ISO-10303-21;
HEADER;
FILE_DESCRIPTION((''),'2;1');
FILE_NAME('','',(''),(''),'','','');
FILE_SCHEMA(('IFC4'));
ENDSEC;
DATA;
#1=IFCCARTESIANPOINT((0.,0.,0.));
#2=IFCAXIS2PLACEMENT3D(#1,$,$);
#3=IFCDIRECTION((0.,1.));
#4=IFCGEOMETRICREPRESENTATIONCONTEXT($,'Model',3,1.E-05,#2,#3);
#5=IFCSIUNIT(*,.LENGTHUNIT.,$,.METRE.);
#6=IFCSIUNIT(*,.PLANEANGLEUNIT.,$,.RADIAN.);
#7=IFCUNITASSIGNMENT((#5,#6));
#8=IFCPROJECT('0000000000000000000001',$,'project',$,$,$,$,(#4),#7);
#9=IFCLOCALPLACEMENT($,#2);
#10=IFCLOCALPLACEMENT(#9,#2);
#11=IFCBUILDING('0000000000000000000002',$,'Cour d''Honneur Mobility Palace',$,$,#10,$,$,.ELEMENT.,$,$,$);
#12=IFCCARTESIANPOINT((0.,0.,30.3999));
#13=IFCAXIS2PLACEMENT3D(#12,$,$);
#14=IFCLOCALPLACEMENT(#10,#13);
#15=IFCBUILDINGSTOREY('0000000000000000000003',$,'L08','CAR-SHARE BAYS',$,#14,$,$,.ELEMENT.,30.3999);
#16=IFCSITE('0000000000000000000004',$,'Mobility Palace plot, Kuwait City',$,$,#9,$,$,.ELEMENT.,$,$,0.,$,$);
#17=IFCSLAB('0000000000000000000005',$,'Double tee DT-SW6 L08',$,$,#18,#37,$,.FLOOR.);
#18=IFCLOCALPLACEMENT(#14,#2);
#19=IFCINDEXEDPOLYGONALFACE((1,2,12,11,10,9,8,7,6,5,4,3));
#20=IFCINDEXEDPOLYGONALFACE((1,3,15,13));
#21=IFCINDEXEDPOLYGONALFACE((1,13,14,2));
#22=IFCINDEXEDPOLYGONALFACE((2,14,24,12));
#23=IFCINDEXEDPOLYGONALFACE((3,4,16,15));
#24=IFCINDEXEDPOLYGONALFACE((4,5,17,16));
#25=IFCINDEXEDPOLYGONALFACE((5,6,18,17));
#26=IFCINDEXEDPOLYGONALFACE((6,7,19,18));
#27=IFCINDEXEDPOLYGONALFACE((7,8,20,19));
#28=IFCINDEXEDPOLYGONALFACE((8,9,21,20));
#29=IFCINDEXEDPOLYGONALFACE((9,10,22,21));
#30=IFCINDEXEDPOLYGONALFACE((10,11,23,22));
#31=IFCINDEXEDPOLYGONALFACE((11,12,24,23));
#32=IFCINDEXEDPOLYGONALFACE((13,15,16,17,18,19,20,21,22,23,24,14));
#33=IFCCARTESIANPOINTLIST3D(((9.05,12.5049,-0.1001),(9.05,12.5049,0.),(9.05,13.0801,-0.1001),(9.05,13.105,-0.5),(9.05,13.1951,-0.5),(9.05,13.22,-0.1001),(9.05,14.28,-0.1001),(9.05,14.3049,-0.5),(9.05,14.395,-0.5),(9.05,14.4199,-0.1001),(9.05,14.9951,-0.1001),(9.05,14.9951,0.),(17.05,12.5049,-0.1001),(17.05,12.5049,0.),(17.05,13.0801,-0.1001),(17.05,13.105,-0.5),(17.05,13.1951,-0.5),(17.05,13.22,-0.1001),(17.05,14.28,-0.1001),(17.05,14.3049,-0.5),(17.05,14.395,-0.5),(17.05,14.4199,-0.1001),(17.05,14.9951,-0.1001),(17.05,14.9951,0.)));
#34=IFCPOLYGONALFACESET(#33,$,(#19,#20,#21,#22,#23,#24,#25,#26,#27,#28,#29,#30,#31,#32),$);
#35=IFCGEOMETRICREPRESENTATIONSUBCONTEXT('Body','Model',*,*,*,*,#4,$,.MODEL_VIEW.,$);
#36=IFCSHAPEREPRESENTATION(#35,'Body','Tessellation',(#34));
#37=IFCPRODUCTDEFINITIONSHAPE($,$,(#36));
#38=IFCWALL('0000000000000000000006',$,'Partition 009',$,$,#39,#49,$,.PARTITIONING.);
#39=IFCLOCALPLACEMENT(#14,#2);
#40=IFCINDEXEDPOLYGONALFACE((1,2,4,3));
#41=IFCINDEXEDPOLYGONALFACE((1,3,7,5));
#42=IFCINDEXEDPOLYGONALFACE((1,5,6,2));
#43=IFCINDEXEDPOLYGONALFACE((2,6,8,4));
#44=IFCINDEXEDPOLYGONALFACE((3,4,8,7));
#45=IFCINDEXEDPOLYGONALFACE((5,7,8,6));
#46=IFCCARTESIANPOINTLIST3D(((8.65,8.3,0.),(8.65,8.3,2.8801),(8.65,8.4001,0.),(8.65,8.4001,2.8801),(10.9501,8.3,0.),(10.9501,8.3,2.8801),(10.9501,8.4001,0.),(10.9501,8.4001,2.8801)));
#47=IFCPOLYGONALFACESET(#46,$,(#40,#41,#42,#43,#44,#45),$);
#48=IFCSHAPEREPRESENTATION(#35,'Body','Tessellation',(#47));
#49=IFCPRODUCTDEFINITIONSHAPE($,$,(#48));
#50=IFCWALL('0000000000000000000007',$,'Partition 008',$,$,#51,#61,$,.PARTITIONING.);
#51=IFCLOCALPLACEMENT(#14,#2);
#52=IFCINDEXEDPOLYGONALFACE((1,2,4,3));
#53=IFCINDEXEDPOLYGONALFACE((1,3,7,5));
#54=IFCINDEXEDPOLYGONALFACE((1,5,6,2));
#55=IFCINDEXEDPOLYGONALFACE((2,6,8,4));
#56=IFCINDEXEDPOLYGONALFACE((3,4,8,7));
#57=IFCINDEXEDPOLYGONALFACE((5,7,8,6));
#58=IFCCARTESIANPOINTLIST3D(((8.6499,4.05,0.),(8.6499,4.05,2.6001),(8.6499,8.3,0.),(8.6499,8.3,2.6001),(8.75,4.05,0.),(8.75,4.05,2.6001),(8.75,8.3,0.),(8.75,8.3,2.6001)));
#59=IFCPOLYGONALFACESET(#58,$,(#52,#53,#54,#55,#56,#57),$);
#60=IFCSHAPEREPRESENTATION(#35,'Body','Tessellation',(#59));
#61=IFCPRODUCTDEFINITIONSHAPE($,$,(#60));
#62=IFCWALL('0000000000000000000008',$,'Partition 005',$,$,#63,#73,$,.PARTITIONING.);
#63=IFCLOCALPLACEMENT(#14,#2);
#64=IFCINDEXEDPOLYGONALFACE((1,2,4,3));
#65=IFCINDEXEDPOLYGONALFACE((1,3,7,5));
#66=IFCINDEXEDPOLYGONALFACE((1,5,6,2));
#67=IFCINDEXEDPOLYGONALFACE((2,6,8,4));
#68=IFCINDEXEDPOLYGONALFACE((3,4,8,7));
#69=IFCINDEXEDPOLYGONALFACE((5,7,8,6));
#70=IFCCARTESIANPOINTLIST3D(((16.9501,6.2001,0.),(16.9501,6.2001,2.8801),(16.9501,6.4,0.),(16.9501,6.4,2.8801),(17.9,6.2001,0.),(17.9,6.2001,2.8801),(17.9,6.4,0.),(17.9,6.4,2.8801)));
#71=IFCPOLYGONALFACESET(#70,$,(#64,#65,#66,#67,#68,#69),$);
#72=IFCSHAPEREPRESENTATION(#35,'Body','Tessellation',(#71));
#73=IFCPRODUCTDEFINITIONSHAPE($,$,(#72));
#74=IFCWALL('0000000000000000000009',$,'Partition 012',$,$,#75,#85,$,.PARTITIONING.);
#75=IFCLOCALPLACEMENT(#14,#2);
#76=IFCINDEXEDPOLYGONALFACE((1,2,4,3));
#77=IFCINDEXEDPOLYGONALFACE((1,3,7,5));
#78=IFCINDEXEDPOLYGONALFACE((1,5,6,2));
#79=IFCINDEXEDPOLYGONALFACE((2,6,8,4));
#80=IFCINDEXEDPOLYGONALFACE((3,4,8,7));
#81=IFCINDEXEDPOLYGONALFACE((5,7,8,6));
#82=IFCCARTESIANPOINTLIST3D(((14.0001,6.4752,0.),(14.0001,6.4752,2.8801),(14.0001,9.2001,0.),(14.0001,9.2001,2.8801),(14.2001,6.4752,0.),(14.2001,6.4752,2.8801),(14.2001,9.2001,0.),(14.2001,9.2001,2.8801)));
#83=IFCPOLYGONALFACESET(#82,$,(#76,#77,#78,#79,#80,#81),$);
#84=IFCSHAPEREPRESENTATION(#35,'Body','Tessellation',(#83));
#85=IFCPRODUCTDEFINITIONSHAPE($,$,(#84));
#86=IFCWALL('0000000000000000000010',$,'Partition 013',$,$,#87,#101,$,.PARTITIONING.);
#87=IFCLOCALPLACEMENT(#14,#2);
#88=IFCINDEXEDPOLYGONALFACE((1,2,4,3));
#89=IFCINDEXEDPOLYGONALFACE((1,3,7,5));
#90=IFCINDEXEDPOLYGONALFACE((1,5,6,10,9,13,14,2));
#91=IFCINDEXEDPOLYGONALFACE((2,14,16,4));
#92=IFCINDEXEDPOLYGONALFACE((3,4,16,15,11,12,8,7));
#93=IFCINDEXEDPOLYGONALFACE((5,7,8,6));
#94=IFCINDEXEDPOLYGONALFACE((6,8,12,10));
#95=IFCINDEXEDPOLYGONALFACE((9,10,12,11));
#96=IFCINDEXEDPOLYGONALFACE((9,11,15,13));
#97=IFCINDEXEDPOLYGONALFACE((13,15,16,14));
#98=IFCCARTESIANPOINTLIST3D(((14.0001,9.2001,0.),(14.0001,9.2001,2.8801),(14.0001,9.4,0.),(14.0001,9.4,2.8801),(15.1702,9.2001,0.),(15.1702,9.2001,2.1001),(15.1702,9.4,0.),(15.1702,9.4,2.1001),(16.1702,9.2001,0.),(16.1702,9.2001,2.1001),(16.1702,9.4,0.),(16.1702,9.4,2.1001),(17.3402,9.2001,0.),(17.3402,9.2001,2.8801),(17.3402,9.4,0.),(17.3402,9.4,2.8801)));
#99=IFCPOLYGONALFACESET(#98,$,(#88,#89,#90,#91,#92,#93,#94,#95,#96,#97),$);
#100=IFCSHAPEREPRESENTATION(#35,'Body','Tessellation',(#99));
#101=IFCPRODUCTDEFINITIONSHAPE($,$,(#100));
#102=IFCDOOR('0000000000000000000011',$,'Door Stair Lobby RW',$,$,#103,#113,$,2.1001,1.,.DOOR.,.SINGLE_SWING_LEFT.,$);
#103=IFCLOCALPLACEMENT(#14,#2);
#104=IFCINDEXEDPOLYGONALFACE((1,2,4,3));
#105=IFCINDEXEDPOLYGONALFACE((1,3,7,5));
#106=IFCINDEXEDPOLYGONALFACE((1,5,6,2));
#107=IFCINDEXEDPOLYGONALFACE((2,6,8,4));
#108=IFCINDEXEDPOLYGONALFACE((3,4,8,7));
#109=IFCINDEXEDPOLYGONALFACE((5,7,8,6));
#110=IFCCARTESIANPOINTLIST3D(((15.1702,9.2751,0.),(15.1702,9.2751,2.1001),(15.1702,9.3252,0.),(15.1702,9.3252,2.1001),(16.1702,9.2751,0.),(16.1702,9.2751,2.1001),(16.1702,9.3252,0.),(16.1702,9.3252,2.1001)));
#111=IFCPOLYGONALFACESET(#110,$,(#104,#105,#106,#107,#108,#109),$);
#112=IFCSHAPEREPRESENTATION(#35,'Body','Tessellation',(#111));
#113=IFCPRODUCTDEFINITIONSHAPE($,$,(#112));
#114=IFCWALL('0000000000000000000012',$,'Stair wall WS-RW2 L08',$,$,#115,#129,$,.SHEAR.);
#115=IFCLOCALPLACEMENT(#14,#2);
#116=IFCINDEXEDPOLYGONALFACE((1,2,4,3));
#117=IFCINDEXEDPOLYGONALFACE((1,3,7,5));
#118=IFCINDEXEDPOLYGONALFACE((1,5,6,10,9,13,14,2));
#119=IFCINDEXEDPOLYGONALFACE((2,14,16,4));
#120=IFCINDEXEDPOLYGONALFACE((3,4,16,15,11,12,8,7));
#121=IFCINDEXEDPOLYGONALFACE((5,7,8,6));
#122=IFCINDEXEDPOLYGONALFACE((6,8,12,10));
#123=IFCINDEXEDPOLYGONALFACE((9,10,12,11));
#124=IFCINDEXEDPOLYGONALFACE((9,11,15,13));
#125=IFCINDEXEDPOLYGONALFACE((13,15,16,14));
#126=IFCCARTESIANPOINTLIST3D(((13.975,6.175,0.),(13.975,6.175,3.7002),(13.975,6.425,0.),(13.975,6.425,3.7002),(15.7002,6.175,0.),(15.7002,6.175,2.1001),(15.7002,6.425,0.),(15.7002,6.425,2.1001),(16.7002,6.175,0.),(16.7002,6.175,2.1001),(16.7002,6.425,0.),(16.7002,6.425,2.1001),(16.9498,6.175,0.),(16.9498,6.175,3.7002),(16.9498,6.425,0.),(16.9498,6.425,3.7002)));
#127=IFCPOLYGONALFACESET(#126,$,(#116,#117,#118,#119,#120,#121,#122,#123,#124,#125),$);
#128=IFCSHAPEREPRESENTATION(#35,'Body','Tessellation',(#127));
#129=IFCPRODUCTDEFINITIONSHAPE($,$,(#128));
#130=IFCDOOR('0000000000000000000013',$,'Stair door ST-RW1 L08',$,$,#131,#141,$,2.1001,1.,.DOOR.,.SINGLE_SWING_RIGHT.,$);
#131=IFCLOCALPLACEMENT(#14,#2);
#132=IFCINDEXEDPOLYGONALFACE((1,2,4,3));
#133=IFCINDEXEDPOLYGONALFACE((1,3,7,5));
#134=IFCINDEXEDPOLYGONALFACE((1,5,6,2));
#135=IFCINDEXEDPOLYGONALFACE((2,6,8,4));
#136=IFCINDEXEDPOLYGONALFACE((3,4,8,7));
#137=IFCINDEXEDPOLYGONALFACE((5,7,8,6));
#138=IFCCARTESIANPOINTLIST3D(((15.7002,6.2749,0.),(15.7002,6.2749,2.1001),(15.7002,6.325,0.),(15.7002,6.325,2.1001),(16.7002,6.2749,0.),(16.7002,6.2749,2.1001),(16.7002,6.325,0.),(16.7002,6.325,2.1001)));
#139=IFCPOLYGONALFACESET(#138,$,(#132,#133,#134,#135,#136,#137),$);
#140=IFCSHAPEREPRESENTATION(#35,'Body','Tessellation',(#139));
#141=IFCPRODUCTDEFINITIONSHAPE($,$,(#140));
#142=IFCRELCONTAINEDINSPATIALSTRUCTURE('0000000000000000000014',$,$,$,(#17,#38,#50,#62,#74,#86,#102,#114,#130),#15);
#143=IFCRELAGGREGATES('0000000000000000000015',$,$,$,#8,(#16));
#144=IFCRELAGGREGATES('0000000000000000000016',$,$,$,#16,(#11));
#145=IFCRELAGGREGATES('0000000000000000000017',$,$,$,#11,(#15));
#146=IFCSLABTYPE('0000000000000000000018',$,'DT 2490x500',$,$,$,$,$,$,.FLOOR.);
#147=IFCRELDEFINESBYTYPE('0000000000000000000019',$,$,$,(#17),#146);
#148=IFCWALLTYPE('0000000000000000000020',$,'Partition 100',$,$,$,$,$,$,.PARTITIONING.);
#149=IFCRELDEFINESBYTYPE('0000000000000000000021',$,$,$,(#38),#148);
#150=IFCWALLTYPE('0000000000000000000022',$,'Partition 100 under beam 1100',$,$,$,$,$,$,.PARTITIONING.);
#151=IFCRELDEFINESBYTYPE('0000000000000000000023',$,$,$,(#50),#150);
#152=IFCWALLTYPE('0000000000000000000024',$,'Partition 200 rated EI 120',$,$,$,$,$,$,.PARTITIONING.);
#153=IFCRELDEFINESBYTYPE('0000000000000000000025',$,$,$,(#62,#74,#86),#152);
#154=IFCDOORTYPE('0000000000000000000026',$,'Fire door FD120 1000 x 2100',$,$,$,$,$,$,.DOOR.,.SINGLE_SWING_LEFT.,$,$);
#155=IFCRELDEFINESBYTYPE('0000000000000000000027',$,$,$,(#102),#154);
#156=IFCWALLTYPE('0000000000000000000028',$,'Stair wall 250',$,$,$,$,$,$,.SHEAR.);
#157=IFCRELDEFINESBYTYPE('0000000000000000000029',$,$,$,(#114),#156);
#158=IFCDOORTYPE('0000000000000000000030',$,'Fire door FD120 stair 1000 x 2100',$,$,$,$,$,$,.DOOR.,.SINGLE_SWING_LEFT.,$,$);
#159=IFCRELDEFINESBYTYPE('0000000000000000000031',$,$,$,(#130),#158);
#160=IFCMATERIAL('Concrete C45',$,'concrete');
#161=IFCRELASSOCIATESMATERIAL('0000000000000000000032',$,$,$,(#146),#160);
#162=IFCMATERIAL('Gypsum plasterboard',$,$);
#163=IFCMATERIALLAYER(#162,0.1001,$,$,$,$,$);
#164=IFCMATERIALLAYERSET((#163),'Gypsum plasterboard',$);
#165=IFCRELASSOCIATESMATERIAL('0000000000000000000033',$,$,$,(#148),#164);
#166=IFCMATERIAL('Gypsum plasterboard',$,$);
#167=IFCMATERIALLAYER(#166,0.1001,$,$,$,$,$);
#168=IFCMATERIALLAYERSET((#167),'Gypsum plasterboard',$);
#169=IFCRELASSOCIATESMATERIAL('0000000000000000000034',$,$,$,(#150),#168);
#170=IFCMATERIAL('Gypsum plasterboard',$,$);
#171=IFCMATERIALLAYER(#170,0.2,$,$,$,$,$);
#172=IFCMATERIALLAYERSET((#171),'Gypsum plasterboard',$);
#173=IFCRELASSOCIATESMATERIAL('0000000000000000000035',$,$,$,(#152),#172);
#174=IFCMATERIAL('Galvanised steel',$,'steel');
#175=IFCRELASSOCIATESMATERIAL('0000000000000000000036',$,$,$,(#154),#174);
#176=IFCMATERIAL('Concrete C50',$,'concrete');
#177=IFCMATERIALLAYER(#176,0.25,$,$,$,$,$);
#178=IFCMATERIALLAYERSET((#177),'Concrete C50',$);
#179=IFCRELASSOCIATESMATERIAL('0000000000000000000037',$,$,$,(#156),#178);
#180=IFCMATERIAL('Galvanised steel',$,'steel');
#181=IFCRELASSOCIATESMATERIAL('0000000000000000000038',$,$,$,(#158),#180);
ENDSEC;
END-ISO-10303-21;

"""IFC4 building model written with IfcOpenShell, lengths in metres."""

from ifc_helpers import new_model, si_unit, direction, frame, frame_2d, origin, place, context, subcontext, project, spatial, polyline, rectangle, outline, extrude, material, layer, layer_set, material_profile, profile_set, type_object, element, fill, save


model = new_model("IFC4")

# Units and contexts
model_context = context("Model", 3, precision=1e-05, world=origin(), true_north=direction((0.0, 1.0)))
body_context = subcontext(model_context, "Body", "Model", "MODEL_VIEW")
ifc_project = project(units=[si_unit("LENGTHUNIT", "METRE"), si_unit("PLANEANGLEUNIT", "RADIAN")], contexts=[model_context])

# Site, building, storey
site_placement = place(None, origin())
site = spatial("IfcSite", under=ifc_project, at=site_placement, Name="Mobility Palace plot, Kuwait City", CompositionType="ELEMENT", RefElevation=0.0)
building_placement = place(site_placement, origin())
building = spatial("IfcBuilding", under=site, at=building_placement, Name="Cour d'Honneur Mobility Palace", CompositionType="ELEMENT")
storey_placement = place(building_placement, frame((0.0, 0.0, 30.3999)))
storey = spatial("IfcBuildingStorey", under=building, at=storey_placement, Name="L08", Description="CAR-SHARE BAYS", CompositionType="ELEMENT", Elevation=30.3999)

# Slab
ifc_material_1 = material(Name="Concrete C45", Category="concrete")
ifc_material_profile_1 = material_profile(ifc_material_1, outline(polyline([(-1.2451, 0.0), (1.2451, 0.0), (1.2451, -0.1001), (0.6699, -0.1001), (0.645, -0.5), (0.5549, -0.5), (0.53, -0.1001), (-0.53, -0.1001), (-0.5549, -0.5), (-0.645, -0.5), (-0.6699, -0.1001), (-1.2451, -0.1001), (-1.2451, 0.0)])), Name="DT 2490x500")
ifc_profile_set_1 = profile_set([ifc_material_profile_1], Name="Concrete C45")
slab_type_1 = type_object("IfcSlabType", Name="DT 2490x500", PredefinedType="FLOOR", material=ifc_profile_set_1)
slab_1_placement = place(storey_placement, frame((9.05, 13.75, 0.0), z_axis=(1.0, 0.0, 0.0), x_axis=(0.0, 1.0, 0.0)))
element("IfcSlab", 1, at=slab_1_placement, inside=storey, type_object=slab_type_1, Name="Double tee DT-SW6 L08", PredefinedType="FLOOR", context=body_context, shape_type="SweptSolid", body=[
    extrude(outline(polyline([(-1.2451, 0.0), (1.2451, 0.0), (1.2451, -0.1001), (0.6699, -0.1001), (0.645, -0.5), (0.5549, -0.5), (0.53, -0.1001), (-0.53, -0.1001), (-0.5549, -0.5), (-0.645, -0.5), (-0.6699, -0.1001), (-1.2451, -0.1001), (-1.2451, 0.0)])), origin(), (0.0, 0.0, 1.0), 8.0),
])

# Walls
ifc_material_2 = material(Name="Gypsum plasterboard")
ifc_layer_1 = layer(ifc_material_2, 0.1001)
ifc_layer_set_1 = layer_set([ifc_layer_1], Name="Gypsum plasterboard")
wall_type_1 = type_object("IfcWallType", Name="Partition 100", PredefinedType="PARTITIONING", material=ifc_layer_set_1)
wall_1_placement = place(storey_placement, frame((10.95, 8.3501, 0.0), z_axis=(0.0, 0.0, 1.0), x_axis=(-1.0, 0.0, 0.0)))
element("IfcWall", 2, at=wall_1_placement, inside=storey, type_object=wall_type_1, Name="Partition 009", PredefinedType="PARTITIONING", context=body_context, shape_type="SweptSolid", body=[
    extrude(rectangle(XDim=2.3, YDim=0.1001, at=frame_2d((1.1499, 0.0))), origin(), (0.0, 0.0, 1.0), 2.8801),
])
ifc_material_3 = material(Name="Gypsum plasterboard")
ifc_layer_2 = layer(ifc_material_3, 0.1001)
ifc_layer_set_2 = layer_set([ifc_layer_2], Name="Gypsum plasterboard")
wall_type_2 = type_object("IfcWallType", Name="Partition 100 under beam 1100", PredefinedType="PARTITIONING", material=ifc_layer_set_2)
wall_2_placement = place(storey_placement, frame((8.7, 8.3, 0.0), z_axis=(0.0, 0.0, 1.0), x_axis=(0.0, -1.0, 0.0)))
element("IfcWall", 3, at=wall_2_placement, inside=storey, type_object=wall_type_2, Name="Partition 008", PredefinedType="PARTITIONING", context=body_context, shape_type="SweptSolid", body=[
    extrude(rectangle(XDim=4.25, YDim=0.1001, at=frame_2d((2.125, 0.0))), origin(), (0.0, 0.0, 1.0), 2.6001),
])
ifc_material_4 = material(Name="Gypsum plasterboard")
ifc_layer_3 = layer(ifc_material_4, 0.2)
ifc_layer_set_3 = layer_set([ifc_layer_3], Name="Gypsum plasterboard")
wall_type_3 = type_object("IfcWallType", Name="Partition 200 rated EI 120", PredefinedType="PARTITIONING", material=ifc_layer_set_3)
wall_3_placement = place(storey_placement, frame((16.95, 6.3, 0.0), z_axis=(0.0, 0.0, 1.0), x_axis=(1.0, 0.0, 0.0)))
element("IfcWall", 4, at=wall_3_placement, inside=storey, type_object=wall_type_3, Name="Partition 005", PredefinedType="PARTITIONING", context=body_context, shape_type="SweptSolid", body=[
    extrude(rectangle(XDim=0.95, YDim=0.2, at=frame_2d((0.4751, 0.0))), origin(), (0.0, 0.0, 1.0), 2.8801),
])
wall_4_placement = place(storey_placement, frame((14.1001, 9.2, 0.0), z_axis=(0.0, 0.0, 1.0), x_axis=(0.0, -1.0, 0.0)))
element("IfcWall", 5, at=wall_4_placement, inside=storey, type_object=wall_type_3, Name="Partition 012", PredefinedType="PARTITIONING", context=body_context, shape_type="SweptSolid", body=[
    extrude(rectangle(XDim=2.7249, YDim=0.2, at=frame_2d((1.3623, 0.0))), origin(), (0.0, 0.0, 1.0), 2.8801),
])

# Walls, openings, doors
wall_5_placement = place(storey_placement, frame((17.3401, 9.3, 0.0), z_axis=(0.0, 0.0, 1.0), x_axis=(-1.0, 0.0, 0.0)))
wall_5 = element("IfcWall", 6, at=wall_5_placement, inside=storey, type_object=wall_type_3, Name="Partition 013", PredefinedType="PARTITIONING", context=body_context, shape_type="SweptSolid", body=[
    extrude(rectangle(XDim=3.3401, YDim=0.2, at=frame_2d((1.6699, 0.0))), origin(), (0.0, 0.0, 1.0), 2.8801),
])
opening_1_placement = place(wall_5_placement, frame((1.1699, 0.0, 0.0)))
opening_1 = element("IfcOpeningElement", 7, at=opening_1_placement, cuts=wall_5, PredefinedType="OPENING", context=body_context, shape_type="SweptSolid", body=[
    extrude(rectangle(XDim=1.0, YDim=2.1001, at=frame_2d((0.5, 1.05))), frame((0.0, 0.1099, 0.0), z_axis=(0.0, -1.0, 0.0), x_axis=(1.0, 0.0, 0.0)), (0.0, 0.0, 1.0), 0.22),
])
ifc_material_5 = material(Name="Galvanised steel", Category="steel")
door_type_1 = type_object("IfcDoorType", Name="Fire door FD120 1000 x 2100", OperationType="SINGLE_SWING_LEFT", PredefinedType="DOOR", material=ifc_material_5)
door_1_placement = place(opening_1_placement, origin())
door_1 = element("IfcDoor", 8, at=door_1_placement, inside=storey, type_object=door_type_1, Name="Door Stair Lobby RW", OperationType="SINGLE_SWING_LEFT", OverallHeight=2.1001, OverallWidth=1.0, PredefinedType="DOOR", context=body_context, shape_type="SweptSolid", body=[
    extrude(rectangle(XDim=1.0, YDim=2.1001, at=frame_2d((0.5, 1.05))), frame((0.0, 0.0249, 0.0), z_axis=(0.0, -1.0, 0.0), x_axis=(1.0, 0.0, 0.0)), (0.0, 0.0, 1.0), 0.05),
])
fill(opening_1, door_1)
ifc_material_6 = material(Name="Concrete C50", Category="concrete")
ifc_layer_4 = layer(ifc_material_6, 0.25)
ifc_layer_set_4 = layer_set([ifc_layer_4], Name="Concrete C50")
wall_type_4 = type_object("IfcWallType", Name="Stair wall 250", PredefinedType="SHEAR", material=ifc_layer_set_4)
wall_6_placement = place(storey_placement, frame((13.9751, 6.3, 0.0), z_axis=(0.0, 0.0, 1.0), x_axis=(1.0, 0.0, 0.0)))
wall_6 = element("IfcWall", 9, at=wall_6_placement, inside=storey, type_object=wall_type_4, Name="Stair wall WS-RW2 L08", PredefinedType="SHEAR", context=body_context, shape_type="SweptSolid", body=[
    extrude(rectangle(XDim=2.9749, YDim=0.25, at=frame_2d((1.4873, 0.0))), origin(), (0.0, 0.0, 1.0), 3.7002),
])
opening_2_placement = place(wall_6_placement, frame((1.7251, 0.0, 0.0)))
opening_2 = element("IfcOpeningElement", 10, at=opening_2_placement, cuts=wall_6, PredefinedType="OPENING", context=body_context, shape_type="SweptSolid", body=[
    extrude(rectangle(XDim=1.0, YDim=2.1001, at=frame_2d((0.5, 1.05))), frame((0.0, 0.135, 0.0), z_axis=(0.0, -1.0, 0.0), x_axis=(1.0, 0.0, 0.0)), (0.0, 0.0, 1.0), 0.27),
])
ifc_material_7 = material(Name="Galvanised steel", Category="steel")
door_type_2 = type_object("IfcDoorType", Name="Fire door FD120 stair 1000 x 2100", OperationType="SINGLE_SWING_LEFT", PredefinedType="DOOR", material=ifc_material_7)
door_2_placement = place(opening_2_placement, origin())
door_2 = element("IfcDoor", 11, at=door_2_placement, inside=storey, type_object=door_type_2, Name="Stair door ST-RW1 L08", OperationType="SINGLE_SWING_RIGHT", OverallHeight=2.1001, OverallWidth=1.0, PredefinedType="DOOR", context=body_context, shape_type="SweptSolid", body=[
    extrude(rectangle(XDim=1.0, YDim=2.1001, at=frame_2d((0.5, 1.05))), frame((0.0, 0.0249, 0.0), z_axis=(0.0, -1.0, 0.0), x_axis=(1.0, 0.0, 0.0)), (0.0, 0.0, 1.0), 0.05),
])
fill(opening_2, door_2)

save(model, "model.ifc")
